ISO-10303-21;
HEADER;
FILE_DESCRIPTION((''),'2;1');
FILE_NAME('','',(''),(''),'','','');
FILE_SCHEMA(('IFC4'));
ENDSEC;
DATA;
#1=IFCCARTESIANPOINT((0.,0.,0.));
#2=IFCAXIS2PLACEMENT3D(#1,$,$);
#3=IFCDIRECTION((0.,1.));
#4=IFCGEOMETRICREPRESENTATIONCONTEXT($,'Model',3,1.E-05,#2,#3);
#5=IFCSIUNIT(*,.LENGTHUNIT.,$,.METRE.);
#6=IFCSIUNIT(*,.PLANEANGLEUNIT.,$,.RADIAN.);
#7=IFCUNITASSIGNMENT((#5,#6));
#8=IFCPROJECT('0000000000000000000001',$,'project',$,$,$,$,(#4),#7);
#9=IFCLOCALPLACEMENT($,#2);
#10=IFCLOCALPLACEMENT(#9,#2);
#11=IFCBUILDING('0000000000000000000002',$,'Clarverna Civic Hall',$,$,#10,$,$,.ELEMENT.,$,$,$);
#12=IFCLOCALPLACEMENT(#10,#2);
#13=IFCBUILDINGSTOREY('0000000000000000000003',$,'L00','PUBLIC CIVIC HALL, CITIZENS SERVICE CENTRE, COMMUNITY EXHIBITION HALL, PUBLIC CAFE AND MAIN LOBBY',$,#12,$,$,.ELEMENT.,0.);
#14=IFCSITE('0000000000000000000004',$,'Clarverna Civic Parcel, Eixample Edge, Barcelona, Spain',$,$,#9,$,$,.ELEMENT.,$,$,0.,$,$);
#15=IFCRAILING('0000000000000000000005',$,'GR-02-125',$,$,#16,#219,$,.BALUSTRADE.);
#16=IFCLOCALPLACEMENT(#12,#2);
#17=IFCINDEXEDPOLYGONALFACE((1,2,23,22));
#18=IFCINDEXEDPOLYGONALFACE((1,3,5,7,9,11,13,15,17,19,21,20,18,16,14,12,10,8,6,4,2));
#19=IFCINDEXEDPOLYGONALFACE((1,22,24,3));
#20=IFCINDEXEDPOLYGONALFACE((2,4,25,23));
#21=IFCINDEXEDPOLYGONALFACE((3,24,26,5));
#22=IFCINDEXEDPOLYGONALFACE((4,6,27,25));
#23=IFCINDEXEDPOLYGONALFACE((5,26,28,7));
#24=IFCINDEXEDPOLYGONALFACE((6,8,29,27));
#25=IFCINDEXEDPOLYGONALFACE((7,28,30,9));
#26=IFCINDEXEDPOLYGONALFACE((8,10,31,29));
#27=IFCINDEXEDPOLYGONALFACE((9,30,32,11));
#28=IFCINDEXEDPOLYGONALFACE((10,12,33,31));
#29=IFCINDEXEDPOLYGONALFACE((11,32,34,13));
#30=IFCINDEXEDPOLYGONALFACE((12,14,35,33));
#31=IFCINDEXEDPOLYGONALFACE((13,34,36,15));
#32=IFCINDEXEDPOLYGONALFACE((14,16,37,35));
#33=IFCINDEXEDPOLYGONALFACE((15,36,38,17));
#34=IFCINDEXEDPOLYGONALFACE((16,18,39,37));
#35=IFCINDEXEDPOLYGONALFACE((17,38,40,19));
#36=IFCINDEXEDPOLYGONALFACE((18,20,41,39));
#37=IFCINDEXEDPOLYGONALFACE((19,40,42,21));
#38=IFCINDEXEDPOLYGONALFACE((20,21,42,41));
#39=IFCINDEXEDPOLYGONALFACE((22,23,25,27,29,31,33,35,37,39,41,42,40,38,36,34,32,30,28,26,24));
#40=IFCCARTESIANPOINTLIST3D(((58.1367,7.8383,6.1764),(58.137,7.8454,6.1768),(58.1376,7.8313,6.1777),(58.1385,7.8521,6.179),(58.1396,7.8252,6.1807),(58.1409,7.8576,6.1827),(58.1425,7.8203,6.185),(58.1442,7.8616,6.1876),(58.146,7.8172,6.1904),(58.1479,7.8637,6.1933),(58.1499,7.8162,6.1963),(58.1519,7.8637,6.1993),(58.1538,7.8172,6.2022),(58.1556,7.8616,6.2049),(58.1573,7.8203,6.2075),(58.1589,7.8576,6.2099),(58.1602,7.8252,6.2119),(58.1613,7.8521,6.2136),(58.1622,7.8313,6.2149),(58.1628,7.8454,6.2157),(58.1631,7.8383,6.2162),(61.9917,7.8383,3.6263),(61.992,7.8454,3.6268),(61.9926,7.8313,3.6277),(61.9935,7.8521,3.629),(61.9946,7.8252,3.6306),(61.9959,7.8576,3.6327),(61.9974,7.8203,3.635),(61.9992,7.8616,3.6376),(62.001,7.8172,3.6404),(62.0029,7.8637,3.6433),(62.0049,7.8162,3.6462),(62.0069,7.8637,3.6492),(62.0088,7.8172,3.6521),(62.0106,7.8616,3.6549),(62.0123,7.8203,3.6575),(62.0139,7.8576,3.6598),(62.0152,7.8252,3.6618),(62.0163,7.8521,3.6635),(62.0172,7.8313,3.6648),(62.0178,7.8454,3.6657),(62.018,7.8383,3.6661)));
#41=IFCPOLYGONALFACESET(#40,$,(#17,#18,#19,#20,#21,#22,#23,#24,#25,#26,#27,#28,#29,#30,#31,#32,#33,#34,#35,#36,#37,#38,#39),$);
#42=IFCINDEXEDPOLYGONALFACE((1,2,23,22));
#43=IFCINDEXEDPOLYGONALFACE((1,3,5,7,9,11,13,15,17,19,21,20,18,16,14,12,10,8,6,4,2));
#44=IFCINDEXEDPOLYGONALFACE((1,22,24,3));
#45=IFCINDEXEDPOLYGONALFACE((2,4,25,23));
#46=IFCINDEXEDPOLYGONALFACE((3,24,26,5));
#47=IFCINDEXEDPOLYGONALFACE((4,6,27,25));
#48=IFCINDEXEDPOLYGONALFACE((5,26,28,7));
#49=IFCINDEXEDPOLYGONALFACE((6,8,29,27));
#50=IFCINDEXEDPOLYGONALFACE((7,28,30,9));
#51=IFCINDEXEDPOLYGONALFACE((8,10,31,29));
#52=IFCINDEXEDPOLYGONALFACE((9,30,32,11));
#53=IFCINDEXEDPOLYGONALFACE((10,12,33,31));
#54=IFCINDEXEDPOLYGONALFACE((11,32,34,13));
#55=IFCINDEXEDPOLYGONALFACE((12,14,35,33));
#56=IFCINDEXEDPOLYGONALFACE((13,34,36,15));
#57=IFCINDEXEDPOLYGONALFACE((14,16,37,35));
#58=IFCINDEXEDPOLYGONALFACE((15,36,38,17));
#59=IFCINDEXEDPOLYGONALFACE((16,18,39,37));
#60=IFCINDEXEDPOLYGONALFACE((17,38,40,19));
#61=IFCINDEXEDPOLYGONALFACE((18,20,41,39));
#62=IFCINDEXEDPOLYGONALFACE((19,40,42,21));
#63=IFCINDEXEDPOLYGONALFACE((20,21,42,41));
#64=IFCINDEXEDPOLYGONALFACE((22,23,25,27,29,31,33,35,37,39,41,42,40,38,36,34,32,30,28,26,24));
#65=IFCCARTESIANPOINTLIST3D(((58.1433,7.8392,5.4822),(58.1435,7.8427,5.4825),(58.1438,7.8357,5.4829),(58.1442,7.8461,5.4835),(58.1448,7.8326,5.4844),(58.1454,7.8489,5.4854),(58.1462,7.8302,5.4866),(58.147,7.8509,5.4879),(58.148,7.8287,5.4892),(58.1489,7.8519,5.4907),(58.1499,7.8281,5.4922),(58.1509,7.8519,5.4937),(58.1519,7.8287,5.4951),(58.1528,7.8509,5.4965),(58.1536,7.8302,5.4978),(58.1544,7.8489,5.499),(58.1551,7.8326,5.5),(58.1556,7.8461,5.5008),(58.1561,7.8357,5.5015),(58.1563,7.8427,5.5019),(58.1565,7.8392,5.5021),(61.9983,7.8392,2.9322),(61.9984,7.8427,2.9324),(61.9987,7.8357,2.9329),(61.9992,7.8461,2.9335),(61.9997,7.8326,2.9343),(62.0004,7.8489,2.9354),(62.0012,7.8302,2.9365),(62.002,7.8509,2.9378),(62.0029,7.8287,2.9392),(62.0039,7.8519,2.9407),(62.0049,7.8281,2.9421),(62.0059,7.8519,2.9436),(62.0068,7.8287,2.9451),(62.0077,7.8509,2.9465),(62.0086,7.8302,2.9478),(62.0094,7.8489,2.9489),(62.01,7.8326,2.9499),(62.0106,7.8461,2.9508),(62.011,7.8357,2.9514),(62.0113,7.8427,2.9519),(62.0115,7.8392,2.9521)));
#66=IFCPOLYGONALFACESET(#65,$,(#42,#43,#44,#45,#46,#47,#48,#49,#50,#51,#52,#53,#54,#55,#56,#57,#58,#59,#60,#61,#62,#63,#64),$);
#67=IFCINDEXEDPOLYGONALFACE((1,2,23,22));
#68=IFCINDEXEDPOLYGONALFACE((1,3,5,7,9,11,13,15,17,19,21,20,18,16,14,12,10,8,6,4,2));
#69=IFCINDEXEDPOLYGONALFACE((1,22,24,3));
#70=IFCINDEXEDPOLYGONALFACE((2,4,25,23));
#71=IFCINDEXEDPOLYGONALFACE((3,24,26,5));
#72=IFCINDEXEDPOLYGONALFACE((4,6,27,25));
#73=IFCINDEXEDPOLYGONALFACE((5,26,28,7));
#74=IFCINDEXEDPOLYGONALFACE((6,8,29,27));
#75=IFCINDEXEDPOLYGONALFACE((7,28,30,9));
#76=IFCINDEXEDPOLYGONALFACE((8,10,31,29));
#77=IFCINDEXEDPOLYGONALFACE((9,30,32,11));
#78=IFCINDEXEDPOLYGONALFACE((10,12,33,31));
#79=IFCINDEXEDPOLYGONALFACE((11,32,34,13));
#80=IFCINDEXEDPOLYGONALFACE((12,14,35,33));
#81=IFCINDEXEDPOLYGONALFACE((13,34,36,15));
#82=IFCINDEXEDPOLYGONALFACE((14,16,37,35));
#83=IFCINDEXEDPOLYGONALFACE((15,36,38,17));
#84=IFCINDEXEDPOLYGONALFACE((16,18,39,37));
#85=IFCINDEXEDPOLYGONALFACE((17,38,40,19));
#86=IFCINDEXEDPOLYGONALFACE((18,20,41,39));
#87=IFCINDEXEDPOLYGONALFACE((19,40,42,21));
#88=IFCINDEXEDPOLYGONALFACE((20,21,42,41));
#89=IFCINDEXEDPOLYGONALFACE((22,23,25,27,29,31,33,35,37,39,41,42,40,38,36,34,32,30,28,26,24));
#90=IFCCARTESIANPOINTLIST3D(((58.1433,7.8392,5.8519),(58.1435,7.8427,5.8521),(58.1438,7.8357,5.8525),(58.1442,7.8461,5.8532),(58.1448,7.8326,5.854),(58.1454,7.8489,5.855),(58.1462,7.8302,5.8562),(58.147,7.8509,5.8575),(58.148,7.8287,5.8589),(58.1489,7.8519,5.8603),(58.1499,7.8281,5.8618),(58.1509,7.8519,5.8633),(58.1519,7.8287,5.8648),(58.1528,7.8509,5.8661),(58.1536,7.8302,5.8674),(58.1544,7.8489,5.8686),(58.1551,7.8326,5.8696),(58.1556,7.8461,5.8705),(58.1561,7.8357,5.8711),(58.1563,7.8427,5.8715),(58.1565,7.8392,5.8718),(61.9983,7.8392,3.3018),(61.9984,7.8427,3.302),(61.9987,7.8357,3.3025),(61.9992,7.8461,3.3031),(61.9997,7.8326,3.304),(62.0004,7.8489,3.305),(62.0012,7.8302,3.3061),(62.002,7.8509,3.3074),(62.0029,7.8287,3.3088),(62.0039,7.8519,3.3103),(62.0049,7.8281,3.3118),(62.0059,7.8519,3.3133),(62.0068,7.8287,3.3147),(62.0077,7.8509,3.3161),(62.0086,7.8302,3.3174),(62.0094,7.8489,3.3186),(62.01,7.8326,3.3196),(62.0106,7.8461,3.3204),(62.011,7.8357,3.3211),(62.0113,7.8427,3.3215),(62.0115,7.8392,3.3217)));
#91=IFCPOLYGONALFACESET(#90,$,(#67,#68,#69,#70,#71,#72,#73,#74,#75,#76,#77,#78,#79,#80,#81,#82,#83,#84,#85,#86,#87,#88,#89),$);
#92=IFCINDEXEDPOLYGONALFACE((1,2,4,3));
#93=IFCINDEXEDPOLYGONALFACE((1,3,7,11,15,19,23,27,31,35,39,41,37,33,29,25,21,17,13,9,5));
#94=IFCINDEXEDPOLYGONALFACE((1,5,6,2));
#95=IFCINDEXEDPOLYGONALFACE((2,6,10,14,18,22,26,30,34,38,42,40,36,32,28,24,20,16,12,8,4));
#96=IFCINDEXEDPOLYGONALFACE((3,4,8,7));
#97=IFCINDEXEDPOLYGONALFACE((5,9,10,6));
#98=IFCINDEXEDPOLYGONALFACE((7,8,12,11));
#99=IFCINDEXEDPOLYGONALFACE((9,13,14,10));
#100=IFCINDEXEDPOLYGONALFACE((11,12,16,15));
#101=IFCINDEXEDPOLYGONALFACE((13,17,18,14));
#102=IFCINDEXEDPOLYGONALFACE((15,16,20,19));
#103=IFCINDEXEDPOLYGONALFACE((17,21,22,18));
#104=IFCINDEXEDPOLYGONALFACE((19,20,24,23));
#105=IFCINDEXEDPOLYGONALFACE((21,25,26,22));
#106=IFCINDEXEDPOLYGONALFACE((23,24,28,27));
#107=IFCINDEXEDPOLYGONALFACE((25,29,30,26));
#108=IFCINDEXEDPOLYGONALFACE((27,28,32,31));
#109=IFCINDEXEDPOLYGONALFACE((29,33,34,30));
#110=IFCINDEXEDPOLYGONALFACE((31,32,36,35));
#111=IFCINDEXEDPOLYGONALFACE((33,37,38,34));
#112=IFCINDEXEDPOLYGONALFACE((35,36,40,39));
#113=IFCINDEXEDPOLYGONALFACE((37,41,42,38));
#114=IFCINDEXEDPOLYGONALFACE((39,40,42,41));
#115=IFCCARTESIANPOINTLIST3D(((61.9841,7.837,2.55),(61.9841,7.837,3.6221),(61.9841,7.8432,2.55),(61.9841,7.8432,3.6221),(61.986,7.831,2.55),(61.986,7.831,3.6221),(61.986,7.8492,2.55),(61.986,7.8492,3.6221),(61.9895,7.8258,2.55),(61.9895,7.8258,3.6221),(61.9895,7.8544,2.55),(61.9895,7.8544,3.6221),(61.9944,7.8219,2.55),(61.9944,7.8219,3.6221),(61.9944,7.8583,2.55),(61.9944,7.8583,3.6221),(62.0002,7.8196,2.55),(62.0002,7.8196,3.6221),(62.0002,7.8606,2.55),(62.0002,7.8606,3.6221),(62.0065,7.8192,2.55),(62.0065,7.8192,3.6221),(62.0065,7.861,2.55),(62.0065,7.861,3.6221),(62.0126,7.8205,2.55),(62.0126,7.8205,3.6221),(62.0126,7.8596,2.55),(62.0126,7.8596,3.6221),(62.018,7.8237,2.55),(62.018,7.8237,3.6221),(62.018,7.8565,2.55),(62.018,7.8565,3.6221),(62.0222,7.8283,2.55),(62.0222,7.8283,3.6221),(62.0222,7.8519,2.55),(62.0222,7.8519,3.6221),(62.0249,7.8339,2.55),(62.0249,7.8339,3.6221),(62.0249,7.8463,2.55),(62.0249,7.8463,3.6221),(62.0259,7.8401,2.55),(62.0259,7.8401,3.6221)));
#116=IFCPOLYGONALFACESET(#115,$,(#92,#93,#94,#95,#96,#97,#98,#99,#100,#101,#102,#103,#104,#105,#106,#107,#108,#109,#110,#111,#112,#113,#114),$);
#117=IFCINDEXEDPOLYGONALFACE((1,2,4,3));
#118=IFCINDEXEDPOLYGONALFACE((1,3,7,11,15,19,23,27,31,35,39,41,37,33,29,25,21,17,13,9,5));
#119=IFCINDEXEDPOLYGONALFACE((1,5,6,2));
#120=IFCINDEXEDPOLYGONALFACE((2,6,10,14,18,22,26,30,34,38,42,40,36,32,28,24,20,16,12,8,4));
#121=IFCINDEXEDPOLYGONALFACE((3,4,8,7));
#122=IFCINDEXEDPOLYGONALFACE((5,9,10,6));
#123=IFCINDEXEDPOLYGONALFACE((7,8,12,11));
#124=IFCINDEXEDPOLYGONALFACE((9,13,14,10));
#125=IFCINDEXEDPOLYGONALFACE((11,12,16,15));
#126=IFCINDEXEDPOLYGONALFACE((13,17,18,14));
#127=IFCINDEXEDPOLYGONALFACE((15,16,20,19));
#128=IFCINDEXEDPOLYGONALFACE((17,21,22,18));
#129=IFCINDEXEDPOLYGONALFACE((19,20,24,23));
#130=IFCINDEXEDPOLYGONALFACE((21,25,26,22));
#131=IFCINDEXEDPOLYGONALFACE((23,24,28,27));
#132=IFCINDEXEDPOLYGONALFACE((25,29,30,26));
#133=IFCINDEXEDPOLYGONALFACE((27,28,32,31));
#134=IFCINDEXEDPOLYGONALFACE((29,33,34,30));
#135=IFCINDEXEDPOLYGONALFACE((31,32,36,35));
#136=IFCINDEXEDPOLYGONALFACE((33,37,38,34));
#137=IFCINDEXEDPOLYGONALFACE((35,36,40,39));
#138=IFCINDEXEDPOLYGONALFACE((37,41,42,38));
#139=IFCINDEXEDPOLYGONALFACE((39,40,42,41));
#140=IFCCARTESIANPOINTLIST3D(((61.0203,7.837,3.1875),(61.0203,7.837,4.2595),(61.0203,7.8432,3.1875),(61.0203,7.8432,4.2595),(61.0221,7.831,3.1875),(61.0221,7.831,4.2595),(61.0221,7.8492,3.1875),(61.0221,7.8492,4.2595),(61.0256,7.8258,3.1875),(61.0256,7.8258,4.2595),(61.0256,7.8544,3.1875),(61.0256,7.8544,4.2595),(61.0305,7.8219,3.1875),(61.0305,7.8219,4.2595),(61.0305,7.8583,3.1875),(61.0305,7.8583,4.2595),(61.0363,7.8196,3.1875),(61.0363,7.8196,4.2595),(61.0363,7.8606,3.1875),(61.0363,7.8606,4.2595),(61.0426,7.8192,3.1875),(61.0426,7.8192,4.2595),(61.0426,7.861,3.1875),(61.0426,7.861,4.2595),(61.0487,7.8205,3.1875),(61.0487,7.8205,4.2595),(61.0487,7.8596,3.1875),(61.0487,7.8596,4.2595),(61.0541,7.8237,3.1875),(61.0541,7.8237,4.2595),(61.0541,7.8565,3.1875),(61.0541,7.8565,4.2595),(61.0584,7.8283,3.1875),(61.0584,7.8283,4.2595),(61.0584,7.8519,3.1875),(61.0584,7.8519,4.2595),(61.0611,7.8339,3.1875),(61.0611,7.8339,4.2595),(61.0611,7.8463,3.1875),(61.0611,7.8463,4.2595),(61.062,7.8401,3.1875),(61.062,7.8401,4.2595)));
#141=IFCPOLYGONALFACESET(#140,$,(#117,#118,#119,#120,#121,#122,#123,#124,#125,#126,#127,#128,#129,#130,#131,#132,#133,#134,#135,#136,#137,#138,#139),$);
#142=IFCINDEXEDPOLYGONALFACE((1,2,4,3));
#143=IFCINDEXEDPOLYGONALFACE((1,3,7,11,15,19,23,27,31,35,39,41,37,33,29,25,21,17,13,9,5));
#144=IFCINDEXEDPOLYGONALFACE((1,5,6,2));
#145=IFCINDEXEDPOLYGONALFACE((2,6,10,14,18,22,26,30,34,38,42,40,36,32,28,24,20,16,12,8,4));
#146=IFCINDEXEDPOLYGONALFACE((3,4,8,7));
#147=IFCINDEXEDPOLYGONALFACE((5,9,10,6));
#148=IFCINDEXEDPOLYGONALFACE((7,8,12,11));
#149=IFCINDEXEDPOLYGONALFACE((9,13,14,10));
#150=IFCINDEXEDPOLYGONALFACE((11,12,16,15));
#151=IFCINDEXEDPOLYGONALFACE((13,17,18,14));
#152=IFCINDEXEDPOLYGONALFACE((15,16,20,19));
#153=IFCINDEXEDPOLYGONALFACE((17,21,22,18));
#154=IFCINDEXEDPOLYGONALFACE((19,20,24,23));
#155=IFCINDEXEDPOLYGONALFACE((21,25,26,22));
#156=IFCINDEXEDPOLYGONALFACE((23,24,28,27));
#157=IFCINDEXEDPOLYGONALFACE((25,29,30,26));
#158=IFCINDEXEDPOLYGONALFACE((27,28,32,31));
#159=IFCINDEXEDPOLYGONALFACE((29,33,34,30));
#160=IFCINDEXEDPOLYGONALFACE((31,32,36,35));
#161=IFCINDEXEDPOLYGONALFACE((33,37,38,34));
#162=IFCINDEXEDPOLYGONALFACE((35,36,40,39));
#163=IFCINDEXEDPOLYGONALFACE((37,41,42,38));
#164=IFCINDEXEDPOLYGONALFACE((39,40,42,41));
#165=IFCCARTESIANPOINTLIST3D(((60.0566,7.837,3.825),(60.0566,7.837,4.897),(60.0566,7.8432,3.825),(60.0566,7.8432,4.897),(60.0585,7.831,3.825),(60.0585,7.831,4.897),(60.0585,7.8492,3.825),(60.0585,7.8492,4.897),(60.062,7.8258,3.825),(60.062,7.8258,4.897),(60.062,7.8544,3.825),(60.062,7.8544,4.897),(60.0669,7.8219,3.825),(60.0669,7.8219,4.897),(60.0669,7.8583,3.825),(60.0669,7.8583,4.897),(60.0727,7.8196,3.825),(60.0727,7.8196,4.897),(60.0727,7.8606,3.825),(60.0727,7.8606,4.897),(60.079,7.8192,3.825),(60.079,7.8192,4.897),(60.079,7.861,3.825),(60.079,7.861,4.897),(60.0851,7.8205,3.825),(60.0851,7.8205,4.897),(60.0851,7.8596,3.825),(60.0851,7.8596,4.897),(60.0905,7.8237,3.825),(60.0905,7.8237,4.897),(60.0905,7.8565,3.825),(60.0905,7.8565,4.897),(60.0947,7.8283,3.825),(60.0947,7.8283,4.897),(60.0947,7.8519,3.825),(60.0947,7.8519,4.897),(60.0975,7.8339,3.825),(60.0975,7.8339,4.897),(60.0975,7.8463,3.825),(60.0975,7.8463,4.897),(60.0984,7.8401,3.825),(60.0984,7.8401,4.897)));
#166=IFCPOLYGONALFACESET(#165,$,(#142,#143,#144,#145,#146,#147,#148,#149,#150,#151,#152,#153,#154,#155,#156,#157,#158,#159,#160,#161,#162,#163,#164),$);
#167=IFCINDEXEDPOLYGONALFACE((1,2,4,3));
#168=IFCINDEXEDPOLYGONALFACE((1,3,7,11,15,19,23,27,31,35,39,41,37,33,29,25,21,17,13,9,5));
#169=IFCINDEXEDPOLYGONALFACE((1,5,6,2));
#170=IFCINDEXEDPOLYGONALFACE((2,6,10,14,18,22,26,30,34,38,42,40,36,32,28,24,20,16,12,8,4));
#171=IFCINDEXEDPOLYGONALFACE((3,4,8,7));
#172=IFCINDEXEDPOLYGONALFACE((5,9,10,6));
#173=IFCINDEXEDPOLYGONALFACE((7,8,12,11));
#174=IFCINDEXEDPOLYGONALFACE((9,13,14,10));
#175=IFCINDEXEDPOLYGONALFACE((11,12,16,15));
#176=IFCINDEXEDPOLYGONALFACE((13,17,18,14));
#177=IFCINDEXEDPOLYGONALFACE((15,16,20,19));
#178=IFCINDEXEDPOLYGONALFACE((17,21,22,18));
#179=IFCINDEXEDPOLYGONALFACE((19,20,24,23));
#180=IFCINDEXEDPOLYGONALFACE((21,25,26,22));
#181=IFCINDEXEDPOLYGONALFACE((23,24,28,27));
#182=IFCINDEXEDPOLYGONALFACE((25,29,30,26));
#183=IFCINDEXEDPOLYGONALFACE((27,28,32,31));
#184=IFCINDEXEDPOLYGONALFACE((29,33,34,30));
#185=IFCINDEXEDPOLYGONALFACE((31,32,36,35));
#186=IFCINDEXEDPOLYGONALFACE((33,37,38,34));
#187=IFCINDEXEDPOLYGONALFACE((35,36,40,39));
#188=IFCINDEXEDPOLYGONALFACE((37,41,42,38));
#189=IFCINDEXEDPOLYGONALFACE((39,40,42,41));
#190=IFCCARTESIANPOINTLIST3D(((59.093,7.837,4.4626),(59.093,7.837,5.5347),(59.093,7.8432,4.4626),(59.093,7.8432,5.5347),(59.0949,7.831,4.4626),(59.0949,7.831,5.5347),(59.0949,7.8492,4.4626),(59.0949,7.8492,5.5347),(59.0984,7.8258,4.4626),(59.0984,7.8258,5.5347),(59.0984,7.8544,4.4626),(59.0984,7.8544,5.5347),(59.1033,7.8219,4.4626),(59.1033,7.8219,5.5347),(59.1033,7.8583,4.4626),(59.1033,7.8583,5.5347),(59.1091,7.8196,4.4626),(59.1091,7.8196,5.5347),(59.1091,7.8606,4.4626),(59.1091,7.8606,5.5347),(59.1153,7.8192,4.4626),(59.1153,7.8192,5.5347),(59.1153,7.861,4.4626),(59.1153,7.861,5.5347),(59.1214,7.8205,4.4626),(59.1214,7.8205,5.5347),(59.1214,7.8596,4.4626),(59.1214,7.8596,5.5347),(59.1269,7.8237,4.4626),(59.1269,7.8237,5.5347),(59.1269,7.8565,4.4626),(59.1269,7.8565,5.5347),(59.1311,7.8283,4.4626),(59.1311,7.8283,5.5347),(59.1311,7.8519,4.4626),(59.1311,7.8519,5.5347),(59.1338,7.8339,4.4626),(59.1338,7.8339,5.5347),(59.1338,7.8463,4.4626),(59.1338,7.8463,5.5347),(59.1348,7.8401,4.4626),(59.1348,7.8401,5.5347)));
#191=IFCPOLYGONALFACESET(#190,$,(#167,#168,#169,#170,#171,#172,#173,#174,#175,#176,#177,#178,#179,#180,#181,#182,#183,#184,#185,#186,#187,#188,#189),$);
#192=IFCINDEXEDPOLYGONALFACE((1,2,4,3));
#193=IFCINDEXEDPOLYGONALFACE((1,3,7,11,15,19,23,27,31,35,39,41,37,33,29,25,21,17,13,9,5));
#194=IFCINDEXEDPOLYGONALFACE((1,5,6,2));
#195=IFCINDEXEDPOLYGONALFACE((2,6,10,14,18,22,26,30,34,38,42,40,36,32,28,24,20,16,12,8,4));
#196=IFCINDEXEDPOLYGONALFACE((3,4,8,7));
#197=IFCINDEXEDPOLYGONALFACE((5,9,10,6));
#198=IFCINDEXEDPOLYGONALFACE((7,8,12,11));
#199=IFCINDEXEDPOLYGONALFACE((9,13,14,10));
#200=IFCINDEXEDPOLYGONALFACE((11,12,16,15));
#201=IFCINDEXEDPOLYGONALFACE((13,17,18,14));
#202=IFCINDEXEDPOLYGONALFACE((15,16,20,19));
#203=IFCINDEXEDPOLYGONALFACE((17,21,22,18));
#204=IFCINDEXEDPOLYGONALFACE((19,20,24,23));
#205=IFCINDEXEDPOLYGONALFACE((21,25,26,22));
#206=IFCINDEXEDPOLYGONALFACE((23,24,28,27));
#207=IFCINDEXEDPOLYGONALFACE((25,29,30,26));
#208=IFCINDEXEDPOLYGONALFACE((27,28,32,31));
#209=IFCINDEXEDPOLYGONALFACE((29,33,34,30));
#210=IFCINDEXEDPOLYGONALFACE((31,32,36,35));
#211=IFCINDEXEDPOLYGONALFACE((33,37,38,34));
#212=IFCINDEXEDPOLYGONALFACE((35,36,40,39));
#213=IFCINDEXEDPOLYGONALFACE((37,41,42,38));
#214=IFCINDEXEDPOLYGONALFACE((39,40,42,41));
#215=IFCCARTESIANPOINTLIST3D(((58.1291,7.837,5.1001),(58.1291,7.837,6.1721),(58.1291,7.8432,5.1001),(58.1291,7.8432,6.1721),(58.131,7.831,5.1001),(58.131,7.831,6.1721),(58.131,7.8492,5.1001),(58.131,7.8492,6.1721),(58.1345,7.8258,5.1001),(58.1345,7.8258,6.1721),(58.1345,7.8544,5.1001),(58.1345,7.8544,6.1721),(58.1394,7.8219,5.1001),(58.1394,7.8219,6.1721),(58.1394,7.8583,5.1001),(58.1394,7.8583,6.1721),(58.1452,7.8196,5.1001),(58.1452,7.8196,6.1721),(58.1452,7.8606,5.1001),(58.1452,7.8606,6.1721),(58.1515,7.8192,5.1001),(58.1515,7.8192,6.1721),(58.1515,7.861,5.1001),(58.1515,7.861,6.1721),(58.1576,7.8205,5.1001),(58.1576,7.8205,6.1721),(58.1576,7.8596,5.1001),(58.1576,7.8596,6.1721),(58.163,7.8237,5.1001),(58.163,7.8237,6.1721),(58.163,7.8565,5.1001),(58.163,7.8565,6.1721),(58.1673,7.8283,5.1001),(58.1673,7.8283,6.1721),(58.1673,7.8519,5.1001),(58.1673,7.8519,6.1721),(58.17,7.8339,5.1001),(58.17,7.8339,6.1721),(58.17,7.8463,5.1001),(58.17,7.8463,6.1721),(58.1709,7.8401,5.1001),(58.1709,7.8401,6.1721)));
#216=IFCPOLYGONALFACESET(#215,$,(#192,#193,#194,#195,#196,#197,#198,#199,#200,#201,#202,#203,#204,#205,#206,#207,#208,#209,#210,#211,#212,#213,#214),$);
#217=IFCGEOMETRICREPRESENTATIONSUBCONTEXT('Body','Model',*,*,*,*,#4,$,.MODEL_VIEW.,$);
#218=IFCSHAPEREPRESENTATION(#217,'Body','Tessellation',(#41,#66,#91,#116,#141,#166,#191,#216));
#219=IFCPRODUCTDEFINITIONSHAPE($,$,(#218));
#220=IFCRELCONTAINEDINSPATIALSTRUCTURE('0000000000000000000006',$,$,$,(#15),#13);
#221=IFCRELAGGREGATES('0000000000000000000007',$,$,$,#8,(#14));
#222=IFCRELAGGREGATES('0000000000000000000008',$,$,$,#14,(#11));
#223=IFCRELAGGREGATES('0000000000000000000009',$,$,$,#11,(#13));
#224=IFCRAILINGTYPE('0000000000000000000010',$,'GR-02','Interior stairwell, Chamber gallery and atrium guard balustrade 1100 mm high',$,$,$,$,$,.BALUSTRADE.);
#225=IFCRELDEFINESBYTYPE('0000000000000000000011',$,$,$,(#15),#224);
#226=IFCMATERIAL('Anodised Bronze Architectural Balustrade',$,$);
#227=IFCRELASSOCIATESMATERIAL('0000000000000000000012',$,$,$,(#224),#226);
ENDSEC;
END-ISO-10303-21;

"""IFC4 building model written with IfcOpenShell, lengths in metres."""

from ifc_helpers import new_model, si_unit, direction, frame, origin, origin_2d, place, context, subcontext, project, spatial, circle, extrude, material, type_object, element, save


model = new_model("IFC4")

# Units and contexts
model_context = context("Model", 3, precision=1e-05, world=origin(), true_north=direction((0.0, 1.0)))
body_context = subcontext(model_context, "Body", "Model", "MODEL_VIEW")
ifc_project = project(units=[si_unit("LENGTHUNIT", "METRE"), si_unit("PLANEANGLEUNIT", "RADIAN")], contexts=[model_context])

# Site, building, storey
site_placement = place(None, origin())
site = spatial("IfcSite", under=ifc_project, at=site_placement, Name="Clarverna Civic Parcel, Eixample Edge, Barcelona, Spain", CompositionType="ELEMENT", RefElevation=0.0)
building_placement = place(site_placement, origin())
building = spatial("IfcBuilding", under=site, at=building_placement, Name="Clarverna Civic Hall", CompositionType="ELEMENT")
storey_placement = place(building_placement, origin())
storey = spatial("IfcBuildingStorey", under=building, at=storey_placement, Name="L00", Description="PUBLIC CIVIC HALL, CITIZENS SERVICE CENTRE, COMMUNITY EXHIBITION HALL, PUBLIC CAFE AND MAIN LOBBY", CompositionType="ELEMENT", Elevation=0.0)

# Railing
ifc_material_1 = material(Name="Anodised Bronze Architectural Balustrade")
railing_type_1 = type_object("IfcRailingType", Name="GR-02", Description="Interior stairwell, Chamber gallery and atrium guard balustrade 1100 mm high", PredefinedType="BALUSTRADE", material=ifc_material_1)
railing_1_placement = place(storey_placement, frame((62.0049, 7.8401, 2.55)))
element("IfcRailing", 1, at=railing_1_placement, inside=storey, type_object=railing_type_1, Name="GR-02-125", PredefinedType="BALUSTRADE", context=body_context, shape_type="SweptSolid", body=[
    extrude(circle(Radius=0.0239, at=origin_2d()), frame((0.0, 0.0, 1.0962), z_axis=(-0.834036, 0.0, 0.55171), x_axis=(0.0, -1.0, 0.0)), (0.0, 0.0, 1.0), 4.6221),
    extrude(circle(Radius=0.012, at=origin_2d()), frame((0.0, 0.0, 0.3921), z_axis=(-0.834036, 0.0, 0.55171), x_axis=(0.0, -1.0, 0.0)), (0.0, 0.0, 1.0), 4.6221),
    extrude(circle(Radius=0.012, at=origin_2d()), frame((0.0, 0.0, 0.7617), z_axis=(-0.834036, 0.0, 0.55171), x_axis=(0.0, -1.0, 0.0)), (0.0, 0.0, 1.0), 4.6221),
    extrude(circle(Radius=0.021, at=origin_2d()), origin(), (0.0, 0.0, 1.0), 1.072),
    extrude(circle(Radius=0.021, at=origin_2d()), frame((-0.9639, 0.0, 0.6375)), (0.0, 0.0, 1.0), 1.072),
    extrude(circle(Radius=0.021, at=origin_2d()), frame((-1.9275, 0.0, 1.2749)), (0.0, 0.0, 1.0), 1.072),
    extrude(circle(Radius=0.021, at=origin_2d()), frame((-2.8911, 0.0, 1.9126)), (0.0, 0.0, 1.0), 1.072),
    extrude(circle(Radius=0.021, at=origin_2d()), frame((-3.855, 0.0, 2.55)), (0.0, 0.0, 1.0), 1.072),
])

save(model, "model.ifc")
